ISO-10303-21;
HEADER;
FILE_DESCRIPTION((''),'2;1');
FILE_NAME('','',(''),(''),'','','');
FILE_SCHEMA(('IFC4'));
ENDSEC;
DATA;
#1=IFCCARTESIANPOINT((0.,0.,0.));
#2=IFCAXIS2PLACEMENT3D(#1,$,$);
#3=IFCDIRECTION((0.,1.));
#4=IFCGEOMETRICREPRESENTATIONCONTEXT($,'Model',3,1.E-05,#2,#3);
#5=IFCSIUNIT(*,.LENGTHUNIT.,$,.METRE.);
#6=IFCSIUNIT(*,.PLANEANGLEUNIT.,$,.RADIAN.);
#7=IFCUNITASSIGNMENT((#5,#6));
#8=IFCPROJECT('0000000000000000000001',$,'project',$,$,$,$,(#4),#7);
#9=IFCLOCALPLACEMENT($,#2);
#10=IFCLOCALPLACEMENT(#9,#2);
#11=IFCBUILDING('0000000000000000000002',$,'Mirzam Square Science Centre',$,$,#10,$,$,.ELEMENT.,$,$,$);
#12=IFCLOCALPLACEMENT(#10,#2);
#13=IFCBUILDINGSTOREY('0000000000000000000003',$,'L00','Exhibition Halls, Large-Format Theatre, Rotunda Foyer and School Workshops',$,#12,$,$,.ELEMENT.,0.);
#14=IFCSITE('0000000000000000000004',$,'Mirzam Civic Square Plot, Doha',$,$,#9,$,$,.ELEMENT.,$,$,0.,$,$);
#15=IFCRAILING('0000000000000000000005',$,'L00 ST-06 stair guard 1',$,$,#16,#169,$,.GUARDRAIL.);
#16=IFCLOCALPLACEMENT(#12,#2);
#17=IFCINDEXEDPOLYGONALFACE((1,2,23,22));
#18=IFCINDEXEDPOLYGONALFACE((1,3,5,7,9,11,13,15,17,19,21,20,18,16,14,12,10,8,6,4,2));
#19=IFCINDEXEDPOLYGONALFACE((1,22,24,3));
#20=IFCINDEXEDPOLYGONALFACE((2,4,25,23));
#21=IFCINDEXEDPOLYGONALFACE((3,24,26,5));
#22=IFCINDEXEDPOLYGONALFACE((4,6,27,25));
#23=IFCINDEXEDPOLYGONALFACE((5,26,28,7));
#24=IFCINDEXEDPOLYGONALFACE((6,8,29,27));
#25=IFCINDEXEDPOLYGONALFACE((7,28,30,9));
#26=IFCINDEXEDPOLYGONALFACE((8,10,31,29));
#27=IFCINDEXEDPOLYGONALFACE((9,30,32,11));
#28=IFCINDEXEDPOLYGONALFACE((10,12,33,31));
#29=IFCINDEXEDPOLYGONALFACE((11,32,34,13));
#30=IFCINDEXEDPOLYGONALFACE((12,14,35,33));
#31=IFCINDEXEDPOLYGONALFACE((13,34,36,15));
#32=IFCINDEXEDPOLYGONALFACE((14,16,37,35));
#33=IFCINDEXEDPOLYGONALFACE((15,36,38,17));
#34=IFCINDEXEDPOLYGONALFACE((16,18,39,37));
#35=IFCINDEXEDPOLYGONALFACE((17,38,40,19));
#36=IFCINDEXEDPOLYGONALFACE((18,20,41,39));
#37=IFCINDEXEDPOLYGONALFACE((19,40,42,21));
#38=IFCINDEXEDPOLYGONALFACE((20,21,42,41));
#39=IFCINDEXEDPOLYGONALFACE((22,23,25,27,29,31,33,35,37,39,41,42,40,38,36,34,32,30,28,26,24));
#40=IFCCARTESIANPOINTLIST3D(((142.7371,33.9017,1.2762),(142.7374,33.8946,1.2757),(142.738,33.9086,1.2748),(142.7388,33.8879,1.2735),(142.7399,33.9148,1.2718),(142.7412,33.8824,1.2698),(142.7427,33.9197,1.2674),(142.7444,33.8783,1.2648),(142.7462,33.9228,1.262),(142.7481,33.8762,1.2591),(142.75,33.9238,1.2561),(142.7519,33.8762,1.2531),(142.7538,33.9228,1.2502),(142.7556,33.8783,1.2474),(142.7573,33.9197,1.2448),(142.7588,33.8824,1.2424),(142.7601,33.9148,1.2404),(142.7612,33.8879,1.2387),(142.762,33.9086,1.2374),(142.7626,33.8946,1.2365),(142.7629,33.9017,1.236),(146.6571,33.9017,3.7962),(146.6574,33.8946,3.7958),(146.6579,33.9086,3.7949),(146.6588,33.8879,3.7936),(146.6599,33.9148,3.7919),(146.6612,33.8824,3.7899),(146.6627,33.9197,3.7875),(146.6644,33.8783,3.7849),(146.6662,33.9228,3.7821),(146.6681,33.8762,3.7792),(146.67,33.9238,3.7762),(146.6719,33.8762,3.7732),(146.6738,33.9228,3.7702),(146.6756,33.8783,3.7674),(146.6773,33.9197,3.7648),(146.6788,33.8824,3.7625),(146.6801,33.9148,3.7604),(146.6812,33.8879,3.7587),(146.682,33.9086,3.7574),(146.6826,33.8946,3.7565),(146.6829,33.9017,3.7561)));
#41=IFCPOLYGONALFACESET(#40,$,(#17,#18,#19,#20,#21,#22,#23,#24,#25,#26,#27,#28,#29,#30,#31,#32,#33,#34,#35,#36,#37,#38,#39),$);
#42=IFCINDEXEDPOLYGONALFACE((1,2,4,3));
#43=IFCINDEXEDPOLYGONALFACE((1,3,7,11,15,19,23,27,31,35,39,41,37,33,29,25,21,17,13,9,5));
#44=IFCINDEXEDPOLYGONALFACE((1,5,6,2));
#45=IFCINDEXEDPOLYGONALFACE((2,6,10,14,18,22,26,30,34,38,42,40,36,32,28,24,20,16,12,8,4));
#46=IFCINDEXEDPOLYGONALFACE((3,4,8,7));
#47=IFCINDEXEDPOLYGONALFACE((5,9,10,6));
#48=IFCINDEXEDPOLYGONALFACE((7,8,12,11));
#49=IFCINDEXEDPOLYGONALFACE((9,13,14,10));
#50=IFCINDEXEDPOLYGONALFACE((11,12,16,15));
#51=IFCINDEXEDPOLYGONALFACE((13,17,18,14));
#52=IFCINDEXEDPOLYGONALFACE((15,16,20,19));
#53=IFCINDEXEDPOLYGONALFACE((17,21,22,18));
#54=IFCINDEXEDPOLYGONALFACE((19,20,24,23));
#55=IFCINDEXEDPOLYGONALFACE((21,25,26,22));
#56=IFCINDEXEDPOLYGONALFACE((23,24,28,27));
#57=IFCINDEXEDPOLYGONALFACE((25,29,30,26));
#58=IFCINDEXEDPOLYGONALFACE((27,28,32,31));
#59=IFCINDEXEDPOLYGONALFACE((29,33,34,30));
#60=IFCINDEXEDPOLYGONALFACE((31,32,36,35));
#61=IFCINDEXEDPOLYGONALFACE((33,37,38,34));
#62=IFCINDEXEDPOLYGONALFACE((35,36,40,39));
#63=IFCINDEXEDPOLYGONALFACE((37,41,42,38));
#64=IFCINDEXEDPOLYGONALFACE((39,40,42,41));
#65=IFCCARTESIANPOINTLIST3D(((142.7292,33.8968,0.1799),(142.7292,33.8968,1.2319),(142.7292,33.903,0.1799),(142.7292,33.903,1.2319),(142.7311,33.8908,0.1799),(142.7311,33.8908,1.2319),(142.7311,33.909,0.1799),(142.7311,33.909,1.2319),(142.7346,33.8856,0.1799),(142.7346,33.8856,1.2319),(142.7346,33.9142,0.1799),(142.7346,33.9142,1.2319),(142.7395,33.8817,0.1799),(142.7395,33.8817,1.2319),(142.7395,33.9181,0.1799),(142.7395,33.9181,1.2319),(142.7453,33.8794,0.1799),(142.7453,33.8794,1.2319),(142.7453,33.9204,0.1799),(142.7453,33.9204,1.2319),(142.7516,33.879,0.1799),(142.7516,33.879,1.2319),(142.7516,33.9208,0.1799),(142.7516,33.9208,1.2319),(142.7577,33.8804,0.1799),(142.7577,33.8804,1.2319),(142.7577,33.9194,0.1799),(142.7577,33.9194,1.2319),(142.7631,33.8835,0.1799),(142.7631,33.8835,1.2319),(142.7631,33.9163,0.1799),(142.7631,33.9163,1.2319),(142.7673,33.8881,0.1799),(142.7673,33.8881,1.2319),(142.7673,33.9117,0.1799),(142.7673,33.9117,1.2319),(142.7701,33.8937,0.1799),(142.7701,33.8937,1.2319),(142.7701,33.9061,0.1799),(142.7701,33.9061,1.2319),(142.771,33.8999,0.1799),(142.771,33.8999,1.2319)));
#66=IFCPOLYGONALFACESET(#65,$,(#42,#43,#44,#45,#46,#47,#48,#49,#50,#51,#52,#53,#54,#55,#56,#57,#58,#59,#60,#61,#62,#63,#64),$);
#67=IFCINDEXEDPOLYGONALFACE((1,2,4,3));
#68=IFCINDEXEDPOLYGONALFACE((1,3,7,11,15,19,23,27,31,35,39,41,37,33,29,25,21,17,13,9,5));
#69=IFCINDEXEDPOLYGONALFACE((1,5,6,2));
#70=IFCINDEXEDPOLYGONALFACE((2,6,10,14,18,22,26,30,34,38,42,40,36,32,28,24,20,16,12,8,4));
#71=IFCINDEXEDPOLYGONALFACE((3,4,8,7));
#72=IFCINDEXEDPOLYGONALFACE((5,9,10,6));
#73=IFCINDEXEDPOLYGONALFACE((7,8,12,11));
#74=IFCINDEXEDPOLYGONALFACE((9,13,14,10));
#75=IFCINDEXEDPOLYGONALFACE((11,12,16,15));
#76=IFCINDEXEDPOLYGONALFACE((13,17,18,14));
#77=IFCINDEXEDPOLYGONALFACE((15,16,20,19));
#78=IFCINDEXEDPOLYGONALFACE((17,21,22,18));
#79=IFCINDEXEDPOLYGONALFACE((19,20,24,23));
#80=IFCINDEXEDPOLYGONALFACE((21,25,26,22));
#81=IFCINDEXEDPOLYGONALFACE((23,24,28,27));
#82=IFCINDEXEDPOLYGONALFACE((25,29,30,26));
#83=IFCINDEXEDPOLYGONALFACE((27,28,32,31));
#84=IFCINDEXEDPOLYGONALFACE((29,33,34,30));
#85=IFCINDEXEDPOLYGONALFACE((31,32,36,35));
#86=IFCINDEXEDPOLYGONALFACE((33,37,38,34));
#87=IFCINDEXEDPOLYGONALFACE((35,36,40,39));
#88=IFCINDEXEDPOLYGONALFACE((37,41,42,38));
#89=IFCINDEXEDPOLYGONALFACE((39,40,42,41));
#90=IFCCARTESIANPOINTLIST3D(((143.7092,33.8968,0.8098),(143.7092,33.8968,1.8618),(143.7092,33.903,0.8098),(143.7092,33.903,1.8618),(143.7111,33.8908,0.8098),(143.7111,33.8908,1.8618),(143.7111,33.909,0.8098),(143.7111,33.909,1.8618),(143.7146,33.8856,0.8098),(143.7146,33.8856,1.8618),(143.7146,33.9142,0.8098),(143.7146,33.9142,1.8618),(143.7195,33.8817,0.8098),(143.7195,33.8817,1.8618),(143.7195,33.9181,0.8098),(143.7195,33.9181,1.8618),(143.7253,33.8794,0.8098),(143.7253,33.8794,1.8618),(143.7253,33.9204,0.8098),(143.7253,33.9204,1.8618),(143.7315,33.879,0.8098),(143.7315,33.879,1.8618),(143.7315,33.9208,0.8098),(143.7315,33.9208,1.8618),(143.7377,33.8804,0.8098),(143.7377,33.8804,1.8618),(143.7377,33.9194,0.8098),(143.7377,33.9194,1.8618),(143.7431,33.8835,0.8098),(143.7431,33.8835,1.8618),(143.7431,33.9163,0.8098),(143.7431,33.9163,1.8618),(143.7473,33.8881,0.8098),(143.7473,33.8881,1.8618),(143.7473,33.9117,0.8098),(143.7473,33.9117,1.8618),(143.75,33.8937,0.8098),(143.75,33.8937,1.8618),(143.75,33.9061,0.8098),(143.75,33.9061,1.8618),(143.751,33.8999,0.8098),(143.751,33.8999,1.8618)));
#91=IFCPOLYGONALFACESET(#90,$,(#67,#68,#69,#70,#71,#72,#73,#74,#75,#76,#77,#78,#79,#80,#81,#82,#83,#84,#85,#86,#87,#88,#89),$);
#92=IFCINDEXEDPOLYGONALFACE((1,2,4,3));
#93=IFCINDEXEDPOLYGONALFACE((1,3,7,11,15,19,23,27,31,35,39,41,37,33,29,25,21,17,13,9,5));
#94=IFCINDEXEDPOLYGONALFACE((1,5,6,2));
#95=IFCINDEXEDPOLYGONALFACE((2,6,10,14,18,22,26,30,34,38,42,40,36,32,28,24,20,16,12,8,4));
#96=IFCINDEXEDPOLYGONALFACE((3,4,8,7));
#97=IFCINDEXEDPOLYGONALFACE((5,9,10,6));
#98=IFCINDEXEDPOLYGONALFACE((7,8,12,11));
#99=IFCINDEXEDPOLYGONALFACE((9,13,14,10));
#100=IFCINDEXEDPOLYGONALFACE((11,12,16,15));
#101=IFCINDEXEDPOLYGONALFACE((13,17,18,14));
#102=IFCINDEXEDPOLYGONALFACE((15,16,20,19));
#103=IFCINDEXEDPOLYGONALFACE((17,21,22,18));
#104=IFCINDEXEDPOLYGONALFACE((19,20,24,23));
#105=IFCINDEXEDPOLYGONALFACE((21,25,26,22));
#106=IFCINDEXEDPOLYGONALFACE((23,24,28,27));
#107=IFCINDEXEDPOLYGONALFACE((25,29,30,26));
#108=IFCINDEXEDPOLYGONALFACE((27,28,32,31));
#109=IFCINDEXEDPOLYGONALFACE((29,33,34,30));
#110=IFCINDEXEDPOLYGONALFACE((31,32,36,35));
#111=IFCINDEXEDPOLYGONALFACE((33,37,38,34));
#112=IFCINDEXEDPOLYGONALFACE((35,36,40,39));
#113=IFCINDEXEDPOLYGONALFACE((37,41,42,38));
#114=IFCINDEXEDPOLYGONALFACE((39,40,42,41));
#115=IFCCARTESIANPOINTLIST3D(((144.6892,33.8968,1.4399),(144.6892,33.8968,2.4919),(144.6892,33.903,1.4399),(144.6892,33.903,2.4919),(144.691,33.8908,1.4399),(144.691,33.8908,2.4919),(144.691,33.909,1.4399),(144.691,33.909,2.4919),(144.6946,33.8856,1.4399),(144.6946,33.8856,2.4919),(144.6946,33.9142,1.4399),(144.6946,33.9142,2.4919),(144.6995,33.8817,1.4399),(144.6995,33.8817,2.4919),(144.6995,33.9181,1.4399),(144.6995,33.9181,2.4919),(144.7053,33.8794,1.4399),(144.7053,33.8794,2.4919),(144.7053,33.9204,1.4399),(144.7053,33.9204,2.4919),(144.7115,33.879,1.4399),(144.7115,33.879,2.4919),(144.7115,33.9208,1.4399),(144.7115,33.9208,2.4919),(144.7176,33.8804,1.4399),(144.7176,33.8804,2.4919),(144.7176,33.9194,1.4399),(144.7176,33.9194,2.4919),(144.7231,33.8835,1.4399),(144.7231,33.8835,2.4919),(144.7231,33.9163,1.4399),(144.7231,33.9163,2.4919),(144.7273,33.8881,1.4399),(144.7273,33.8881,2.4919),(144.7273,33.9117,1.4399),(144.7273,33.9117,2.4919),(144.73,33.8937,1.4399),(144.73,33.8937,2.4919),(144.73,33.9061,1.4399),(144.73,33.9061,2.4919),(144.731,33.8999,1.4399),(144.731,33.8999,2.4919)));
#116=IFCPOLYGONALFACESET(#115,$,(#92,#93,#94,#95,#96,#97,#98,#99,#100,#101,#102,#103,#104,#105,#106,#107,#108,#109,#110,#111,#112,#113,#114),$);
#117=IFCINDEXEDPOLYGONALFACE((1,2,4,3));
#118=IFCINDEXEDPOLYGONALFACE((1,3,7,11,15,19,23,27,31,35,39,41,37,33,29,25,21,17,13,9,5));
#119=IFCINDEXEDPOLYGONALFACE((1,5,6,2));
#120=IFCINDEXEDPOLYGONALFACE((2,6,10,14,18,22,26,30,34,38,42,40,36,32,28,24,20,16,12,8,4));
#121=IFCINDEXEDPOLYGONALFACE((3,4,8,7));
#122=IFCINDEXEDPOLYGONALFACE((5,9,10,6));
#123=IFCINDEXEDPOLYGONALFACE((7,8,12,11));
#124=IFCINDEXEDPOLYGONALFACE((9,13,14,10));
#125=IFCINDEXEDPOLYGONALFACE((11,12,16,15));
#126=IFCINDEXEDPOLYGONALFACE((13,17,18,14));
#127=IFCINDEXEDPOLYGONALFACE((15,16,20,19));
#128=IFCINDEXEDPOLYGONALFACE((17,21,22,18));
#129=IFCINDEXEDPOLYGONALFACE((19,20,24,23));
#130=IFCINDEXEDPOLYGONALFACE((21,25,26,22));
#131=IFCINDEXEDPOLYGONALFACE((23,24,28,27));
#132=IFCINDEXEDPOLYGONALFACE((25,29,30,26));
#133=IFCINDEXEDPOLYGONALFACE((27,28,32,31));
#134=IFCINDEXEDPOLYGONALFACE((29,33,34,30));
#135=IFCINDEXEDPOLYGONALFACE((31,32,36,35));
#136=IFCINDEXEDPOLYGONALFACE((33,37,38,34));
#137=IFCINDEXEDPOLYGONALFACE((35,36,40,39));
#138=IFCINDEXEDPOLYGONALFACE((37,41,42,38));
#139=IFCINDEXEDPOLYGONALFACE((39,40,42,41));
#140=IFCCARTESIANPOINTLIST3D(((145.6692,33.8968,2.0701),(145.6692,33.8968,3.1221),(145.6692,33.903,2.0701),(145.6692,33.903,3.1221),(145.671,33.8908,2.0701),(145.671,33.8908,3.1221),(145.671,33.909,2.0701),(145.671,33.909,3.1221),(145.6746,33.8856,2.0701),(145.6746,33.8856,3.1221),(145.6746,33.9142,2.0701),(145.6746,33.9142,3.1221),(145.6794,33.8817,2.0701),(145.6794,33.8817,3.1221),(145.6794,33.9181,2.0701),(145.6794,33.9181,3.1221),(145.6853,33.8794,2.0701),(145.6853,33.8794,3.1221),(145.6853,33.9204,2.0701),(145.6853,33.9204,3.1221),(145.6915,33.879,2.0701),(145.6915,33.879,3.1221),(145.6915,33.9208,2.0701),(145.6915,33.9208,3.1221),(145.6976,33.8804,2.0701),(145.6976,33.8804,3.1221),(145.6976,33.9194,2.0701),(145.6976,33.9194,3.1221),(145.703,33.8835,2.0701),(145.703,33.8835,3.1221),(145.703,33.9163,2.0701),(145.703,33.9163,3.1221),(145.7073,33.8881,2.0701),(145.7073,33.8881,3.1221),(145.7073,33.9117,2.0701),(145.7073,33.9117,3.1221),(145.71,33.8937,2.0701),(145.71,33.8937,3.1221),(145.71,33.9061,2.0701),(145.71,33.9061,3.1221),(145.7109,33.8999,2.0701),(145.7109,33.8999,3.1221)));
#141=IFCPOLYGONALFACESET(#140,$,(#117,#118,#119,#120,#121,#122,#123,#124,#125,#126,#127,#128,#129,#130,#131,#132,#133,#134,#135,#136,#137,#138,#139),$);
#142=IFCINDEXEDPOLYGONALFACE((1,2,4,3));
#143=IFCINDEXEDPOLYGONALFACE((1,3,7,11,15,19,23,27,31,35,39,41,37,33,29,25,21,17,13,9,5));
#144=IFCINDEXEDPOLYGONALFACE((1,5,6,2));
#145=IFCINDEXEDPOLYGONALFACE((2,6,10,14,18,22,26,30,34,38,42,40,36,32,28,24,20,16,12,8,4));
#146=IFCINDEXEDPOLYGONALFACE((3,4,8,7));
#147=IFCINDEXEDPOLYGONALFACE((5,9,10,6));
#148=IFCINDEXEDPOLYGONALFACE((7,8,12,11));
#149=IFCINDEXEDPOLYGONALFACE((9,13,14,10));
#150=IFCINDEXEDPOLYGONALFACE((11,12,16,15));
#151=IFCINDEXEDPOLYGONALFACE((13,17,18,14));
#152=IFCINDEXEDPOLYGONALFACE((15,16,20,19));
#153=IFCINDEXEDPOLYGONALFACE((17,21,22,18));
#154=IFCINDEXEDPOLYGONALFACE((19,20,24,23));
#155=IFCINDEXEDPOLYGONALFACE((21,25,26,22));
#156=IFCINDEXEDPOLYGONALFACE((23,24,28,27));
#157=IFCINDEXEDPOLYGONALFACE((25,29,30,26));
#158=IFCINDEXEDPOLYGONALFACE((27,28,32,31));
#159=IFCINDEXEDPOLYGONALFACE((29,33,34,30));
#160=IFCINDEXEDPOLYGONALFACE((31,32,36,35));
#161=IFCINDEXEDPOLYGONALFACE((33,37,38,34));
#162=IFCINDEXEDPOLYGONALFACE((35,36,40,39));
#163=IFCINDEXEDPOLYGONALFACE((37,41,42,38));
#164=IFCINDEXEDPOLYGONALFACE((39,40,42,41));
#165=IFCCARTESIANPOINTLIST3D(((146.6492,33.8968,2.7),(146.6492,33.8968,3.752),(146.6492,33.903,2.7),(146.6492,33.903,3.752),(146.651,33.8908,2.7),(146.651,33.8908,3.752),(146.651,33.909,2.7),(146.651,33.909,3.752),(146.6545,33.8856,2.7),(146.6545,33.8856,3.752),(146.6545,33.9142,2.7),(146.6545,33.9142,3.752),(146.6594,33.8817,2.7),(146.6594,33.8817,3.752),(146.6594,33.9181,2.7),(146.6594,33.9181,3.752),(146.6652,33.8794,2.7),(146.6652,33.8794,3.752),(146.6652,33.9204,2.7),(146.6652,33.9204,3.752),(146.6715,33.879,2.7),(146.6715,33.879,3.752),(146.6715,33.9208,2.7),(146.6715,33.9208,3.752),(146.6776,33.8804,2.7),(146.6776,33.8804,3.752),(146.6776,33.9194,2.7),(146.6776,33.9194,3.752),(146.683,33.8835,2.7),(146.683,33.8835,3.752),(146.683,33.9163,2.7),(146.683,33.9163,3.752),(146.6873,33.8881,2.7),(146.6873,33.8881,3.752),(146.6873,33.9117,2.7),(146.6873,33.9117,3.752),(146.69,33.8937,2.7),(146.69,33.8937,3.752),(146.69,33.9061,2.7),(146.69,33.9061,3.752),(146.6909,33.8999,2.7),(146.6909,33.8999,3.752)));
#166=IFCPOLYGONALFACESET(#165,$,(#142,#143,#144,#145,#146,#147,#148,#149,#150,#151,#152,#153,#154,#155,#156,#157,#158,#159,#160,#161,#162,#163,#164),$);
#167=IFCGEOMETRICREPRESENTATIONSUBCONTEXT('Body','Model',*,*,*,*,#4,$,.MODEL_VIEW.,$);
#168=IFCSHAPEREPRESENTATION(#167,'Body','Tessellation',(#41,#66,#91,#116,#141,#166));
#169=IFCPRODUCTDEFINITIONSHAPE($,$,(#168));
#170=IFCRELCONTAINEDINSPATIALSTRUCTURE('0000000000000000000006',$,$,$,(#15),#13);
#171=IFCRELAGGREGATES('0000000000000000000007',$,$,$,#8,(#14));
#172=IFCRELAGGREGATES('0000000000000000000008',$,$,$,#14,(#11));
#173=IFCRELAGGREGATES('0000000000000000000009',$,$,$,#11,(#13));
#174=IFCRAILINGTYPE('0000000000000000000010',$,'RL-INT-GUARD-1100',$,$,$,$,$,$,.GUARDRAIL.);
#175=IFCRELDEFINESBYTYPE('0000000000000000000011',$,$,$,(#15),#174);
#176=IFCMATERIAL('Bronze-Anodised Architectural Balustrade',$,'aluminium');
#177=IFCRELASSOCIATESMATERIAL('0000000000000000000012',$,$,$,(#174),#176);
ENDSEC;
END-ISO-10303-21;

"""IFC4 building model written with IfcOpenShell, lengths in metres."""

from ifc_helpers import new_model, si_unit, direction, frame, origin, origin_2d, place, context, subcontext, project, spatial, circle, extrude, material, type_object, element, save


model = new_model("IFC4")

# Units and contexts
model_context = context("Model", 3, precision=1e-05, world=origin(), true_north=direction((0.0, 1.0)))
body_context = subcontext(model_context, "Body", "Model", "MODEL_VIEW")
ifc_project = project(units=[si_unit("LENGTHUNIT", "METRE"), si_unit("PLANEANGLEUNIT", "RADIAN")], contexts=[model_context])

# Site, building, storey
site_placement = place(None, origin())
site = spatial("IfcSite", under=ifc_project, at=site_placement, Name="Mirzam Civic Square Plot, Doha", CompositionType="ELEMENT", RefElevation=0.0)
building_placement = place(site_placement, origin())
building = spatial("IfcBuilding", under=site, at=building_placement, Name="Mirzam Square Science Centre", CompositionType="ELEMENT")
storey_placement = place(building_placement, origin())
storey = spatial("IfcBuildingStorey", under=building, at=storey_placement, Name="L00", Description="Exhibition Halls, Large-Format Theatre, Rotunda Foyer and School Workshops", CompositionType="ELEMENT", Elevation=0.0)

# Railing
ifc_material_1 = material(Name="Bronze-Anodised Architectural Balustrade", Category="aluminium")
railing_type_1 = type_object("IfcRailingType", Name="RL-INT-GUARD-1100", PredefinedType="GUARDRAIL", material=ifc_material_1)
railing_1_placement = place(storey_placement, frame((142.75, 33.8999, 0.1799)))
element("IfcRailing", 1, at=railing_1_placement, inside=storey, type_object=railing_type_1, Name="L00 ST-06 stair guard 1", PredefinedType="GUARDRAIL", context=body_context, shape_type="SweptSolid", body=[
    extrude(circle(Radius=0.0239, at=origin_2d()), frame((0.0, 0.0, 1.0762), z_axis=(0.841172, 0.0, 0.540768), x_axis=(0.0, 1.0, 0.0)), (0.0, 0.0, 1.0), 4.6602),
    extrude(circle(Radius=0.021, at=origin_2d()), origin(), (0.0, 0.0, 1.0), 1.052),
    extrude(circle(Radius=0.021, at=origin_2d()), frame((0.98, 0.0, 0.6299)), (0.0, 0.0, 1.0), 1.052),
    extrude(circle(Radius=0.021, at=origin_2d()), frame((1.96, 0.0, 1.26)), (0.0, 0.0, 1.0), 1.052),
    extrude(circle(Radius=0.021, at=origin_2d()), frame((2.9399, 0.0, 1.8901)), (0.0, 0.0, 1.0), 1.052),
    extrude(circle(Radius=0.021, at=origin_2d()), frame((3.9199, 0.0, 2.52)), (0.0, 0.0, 1.0), 1.052),
])

save(model, "model.ifc")
